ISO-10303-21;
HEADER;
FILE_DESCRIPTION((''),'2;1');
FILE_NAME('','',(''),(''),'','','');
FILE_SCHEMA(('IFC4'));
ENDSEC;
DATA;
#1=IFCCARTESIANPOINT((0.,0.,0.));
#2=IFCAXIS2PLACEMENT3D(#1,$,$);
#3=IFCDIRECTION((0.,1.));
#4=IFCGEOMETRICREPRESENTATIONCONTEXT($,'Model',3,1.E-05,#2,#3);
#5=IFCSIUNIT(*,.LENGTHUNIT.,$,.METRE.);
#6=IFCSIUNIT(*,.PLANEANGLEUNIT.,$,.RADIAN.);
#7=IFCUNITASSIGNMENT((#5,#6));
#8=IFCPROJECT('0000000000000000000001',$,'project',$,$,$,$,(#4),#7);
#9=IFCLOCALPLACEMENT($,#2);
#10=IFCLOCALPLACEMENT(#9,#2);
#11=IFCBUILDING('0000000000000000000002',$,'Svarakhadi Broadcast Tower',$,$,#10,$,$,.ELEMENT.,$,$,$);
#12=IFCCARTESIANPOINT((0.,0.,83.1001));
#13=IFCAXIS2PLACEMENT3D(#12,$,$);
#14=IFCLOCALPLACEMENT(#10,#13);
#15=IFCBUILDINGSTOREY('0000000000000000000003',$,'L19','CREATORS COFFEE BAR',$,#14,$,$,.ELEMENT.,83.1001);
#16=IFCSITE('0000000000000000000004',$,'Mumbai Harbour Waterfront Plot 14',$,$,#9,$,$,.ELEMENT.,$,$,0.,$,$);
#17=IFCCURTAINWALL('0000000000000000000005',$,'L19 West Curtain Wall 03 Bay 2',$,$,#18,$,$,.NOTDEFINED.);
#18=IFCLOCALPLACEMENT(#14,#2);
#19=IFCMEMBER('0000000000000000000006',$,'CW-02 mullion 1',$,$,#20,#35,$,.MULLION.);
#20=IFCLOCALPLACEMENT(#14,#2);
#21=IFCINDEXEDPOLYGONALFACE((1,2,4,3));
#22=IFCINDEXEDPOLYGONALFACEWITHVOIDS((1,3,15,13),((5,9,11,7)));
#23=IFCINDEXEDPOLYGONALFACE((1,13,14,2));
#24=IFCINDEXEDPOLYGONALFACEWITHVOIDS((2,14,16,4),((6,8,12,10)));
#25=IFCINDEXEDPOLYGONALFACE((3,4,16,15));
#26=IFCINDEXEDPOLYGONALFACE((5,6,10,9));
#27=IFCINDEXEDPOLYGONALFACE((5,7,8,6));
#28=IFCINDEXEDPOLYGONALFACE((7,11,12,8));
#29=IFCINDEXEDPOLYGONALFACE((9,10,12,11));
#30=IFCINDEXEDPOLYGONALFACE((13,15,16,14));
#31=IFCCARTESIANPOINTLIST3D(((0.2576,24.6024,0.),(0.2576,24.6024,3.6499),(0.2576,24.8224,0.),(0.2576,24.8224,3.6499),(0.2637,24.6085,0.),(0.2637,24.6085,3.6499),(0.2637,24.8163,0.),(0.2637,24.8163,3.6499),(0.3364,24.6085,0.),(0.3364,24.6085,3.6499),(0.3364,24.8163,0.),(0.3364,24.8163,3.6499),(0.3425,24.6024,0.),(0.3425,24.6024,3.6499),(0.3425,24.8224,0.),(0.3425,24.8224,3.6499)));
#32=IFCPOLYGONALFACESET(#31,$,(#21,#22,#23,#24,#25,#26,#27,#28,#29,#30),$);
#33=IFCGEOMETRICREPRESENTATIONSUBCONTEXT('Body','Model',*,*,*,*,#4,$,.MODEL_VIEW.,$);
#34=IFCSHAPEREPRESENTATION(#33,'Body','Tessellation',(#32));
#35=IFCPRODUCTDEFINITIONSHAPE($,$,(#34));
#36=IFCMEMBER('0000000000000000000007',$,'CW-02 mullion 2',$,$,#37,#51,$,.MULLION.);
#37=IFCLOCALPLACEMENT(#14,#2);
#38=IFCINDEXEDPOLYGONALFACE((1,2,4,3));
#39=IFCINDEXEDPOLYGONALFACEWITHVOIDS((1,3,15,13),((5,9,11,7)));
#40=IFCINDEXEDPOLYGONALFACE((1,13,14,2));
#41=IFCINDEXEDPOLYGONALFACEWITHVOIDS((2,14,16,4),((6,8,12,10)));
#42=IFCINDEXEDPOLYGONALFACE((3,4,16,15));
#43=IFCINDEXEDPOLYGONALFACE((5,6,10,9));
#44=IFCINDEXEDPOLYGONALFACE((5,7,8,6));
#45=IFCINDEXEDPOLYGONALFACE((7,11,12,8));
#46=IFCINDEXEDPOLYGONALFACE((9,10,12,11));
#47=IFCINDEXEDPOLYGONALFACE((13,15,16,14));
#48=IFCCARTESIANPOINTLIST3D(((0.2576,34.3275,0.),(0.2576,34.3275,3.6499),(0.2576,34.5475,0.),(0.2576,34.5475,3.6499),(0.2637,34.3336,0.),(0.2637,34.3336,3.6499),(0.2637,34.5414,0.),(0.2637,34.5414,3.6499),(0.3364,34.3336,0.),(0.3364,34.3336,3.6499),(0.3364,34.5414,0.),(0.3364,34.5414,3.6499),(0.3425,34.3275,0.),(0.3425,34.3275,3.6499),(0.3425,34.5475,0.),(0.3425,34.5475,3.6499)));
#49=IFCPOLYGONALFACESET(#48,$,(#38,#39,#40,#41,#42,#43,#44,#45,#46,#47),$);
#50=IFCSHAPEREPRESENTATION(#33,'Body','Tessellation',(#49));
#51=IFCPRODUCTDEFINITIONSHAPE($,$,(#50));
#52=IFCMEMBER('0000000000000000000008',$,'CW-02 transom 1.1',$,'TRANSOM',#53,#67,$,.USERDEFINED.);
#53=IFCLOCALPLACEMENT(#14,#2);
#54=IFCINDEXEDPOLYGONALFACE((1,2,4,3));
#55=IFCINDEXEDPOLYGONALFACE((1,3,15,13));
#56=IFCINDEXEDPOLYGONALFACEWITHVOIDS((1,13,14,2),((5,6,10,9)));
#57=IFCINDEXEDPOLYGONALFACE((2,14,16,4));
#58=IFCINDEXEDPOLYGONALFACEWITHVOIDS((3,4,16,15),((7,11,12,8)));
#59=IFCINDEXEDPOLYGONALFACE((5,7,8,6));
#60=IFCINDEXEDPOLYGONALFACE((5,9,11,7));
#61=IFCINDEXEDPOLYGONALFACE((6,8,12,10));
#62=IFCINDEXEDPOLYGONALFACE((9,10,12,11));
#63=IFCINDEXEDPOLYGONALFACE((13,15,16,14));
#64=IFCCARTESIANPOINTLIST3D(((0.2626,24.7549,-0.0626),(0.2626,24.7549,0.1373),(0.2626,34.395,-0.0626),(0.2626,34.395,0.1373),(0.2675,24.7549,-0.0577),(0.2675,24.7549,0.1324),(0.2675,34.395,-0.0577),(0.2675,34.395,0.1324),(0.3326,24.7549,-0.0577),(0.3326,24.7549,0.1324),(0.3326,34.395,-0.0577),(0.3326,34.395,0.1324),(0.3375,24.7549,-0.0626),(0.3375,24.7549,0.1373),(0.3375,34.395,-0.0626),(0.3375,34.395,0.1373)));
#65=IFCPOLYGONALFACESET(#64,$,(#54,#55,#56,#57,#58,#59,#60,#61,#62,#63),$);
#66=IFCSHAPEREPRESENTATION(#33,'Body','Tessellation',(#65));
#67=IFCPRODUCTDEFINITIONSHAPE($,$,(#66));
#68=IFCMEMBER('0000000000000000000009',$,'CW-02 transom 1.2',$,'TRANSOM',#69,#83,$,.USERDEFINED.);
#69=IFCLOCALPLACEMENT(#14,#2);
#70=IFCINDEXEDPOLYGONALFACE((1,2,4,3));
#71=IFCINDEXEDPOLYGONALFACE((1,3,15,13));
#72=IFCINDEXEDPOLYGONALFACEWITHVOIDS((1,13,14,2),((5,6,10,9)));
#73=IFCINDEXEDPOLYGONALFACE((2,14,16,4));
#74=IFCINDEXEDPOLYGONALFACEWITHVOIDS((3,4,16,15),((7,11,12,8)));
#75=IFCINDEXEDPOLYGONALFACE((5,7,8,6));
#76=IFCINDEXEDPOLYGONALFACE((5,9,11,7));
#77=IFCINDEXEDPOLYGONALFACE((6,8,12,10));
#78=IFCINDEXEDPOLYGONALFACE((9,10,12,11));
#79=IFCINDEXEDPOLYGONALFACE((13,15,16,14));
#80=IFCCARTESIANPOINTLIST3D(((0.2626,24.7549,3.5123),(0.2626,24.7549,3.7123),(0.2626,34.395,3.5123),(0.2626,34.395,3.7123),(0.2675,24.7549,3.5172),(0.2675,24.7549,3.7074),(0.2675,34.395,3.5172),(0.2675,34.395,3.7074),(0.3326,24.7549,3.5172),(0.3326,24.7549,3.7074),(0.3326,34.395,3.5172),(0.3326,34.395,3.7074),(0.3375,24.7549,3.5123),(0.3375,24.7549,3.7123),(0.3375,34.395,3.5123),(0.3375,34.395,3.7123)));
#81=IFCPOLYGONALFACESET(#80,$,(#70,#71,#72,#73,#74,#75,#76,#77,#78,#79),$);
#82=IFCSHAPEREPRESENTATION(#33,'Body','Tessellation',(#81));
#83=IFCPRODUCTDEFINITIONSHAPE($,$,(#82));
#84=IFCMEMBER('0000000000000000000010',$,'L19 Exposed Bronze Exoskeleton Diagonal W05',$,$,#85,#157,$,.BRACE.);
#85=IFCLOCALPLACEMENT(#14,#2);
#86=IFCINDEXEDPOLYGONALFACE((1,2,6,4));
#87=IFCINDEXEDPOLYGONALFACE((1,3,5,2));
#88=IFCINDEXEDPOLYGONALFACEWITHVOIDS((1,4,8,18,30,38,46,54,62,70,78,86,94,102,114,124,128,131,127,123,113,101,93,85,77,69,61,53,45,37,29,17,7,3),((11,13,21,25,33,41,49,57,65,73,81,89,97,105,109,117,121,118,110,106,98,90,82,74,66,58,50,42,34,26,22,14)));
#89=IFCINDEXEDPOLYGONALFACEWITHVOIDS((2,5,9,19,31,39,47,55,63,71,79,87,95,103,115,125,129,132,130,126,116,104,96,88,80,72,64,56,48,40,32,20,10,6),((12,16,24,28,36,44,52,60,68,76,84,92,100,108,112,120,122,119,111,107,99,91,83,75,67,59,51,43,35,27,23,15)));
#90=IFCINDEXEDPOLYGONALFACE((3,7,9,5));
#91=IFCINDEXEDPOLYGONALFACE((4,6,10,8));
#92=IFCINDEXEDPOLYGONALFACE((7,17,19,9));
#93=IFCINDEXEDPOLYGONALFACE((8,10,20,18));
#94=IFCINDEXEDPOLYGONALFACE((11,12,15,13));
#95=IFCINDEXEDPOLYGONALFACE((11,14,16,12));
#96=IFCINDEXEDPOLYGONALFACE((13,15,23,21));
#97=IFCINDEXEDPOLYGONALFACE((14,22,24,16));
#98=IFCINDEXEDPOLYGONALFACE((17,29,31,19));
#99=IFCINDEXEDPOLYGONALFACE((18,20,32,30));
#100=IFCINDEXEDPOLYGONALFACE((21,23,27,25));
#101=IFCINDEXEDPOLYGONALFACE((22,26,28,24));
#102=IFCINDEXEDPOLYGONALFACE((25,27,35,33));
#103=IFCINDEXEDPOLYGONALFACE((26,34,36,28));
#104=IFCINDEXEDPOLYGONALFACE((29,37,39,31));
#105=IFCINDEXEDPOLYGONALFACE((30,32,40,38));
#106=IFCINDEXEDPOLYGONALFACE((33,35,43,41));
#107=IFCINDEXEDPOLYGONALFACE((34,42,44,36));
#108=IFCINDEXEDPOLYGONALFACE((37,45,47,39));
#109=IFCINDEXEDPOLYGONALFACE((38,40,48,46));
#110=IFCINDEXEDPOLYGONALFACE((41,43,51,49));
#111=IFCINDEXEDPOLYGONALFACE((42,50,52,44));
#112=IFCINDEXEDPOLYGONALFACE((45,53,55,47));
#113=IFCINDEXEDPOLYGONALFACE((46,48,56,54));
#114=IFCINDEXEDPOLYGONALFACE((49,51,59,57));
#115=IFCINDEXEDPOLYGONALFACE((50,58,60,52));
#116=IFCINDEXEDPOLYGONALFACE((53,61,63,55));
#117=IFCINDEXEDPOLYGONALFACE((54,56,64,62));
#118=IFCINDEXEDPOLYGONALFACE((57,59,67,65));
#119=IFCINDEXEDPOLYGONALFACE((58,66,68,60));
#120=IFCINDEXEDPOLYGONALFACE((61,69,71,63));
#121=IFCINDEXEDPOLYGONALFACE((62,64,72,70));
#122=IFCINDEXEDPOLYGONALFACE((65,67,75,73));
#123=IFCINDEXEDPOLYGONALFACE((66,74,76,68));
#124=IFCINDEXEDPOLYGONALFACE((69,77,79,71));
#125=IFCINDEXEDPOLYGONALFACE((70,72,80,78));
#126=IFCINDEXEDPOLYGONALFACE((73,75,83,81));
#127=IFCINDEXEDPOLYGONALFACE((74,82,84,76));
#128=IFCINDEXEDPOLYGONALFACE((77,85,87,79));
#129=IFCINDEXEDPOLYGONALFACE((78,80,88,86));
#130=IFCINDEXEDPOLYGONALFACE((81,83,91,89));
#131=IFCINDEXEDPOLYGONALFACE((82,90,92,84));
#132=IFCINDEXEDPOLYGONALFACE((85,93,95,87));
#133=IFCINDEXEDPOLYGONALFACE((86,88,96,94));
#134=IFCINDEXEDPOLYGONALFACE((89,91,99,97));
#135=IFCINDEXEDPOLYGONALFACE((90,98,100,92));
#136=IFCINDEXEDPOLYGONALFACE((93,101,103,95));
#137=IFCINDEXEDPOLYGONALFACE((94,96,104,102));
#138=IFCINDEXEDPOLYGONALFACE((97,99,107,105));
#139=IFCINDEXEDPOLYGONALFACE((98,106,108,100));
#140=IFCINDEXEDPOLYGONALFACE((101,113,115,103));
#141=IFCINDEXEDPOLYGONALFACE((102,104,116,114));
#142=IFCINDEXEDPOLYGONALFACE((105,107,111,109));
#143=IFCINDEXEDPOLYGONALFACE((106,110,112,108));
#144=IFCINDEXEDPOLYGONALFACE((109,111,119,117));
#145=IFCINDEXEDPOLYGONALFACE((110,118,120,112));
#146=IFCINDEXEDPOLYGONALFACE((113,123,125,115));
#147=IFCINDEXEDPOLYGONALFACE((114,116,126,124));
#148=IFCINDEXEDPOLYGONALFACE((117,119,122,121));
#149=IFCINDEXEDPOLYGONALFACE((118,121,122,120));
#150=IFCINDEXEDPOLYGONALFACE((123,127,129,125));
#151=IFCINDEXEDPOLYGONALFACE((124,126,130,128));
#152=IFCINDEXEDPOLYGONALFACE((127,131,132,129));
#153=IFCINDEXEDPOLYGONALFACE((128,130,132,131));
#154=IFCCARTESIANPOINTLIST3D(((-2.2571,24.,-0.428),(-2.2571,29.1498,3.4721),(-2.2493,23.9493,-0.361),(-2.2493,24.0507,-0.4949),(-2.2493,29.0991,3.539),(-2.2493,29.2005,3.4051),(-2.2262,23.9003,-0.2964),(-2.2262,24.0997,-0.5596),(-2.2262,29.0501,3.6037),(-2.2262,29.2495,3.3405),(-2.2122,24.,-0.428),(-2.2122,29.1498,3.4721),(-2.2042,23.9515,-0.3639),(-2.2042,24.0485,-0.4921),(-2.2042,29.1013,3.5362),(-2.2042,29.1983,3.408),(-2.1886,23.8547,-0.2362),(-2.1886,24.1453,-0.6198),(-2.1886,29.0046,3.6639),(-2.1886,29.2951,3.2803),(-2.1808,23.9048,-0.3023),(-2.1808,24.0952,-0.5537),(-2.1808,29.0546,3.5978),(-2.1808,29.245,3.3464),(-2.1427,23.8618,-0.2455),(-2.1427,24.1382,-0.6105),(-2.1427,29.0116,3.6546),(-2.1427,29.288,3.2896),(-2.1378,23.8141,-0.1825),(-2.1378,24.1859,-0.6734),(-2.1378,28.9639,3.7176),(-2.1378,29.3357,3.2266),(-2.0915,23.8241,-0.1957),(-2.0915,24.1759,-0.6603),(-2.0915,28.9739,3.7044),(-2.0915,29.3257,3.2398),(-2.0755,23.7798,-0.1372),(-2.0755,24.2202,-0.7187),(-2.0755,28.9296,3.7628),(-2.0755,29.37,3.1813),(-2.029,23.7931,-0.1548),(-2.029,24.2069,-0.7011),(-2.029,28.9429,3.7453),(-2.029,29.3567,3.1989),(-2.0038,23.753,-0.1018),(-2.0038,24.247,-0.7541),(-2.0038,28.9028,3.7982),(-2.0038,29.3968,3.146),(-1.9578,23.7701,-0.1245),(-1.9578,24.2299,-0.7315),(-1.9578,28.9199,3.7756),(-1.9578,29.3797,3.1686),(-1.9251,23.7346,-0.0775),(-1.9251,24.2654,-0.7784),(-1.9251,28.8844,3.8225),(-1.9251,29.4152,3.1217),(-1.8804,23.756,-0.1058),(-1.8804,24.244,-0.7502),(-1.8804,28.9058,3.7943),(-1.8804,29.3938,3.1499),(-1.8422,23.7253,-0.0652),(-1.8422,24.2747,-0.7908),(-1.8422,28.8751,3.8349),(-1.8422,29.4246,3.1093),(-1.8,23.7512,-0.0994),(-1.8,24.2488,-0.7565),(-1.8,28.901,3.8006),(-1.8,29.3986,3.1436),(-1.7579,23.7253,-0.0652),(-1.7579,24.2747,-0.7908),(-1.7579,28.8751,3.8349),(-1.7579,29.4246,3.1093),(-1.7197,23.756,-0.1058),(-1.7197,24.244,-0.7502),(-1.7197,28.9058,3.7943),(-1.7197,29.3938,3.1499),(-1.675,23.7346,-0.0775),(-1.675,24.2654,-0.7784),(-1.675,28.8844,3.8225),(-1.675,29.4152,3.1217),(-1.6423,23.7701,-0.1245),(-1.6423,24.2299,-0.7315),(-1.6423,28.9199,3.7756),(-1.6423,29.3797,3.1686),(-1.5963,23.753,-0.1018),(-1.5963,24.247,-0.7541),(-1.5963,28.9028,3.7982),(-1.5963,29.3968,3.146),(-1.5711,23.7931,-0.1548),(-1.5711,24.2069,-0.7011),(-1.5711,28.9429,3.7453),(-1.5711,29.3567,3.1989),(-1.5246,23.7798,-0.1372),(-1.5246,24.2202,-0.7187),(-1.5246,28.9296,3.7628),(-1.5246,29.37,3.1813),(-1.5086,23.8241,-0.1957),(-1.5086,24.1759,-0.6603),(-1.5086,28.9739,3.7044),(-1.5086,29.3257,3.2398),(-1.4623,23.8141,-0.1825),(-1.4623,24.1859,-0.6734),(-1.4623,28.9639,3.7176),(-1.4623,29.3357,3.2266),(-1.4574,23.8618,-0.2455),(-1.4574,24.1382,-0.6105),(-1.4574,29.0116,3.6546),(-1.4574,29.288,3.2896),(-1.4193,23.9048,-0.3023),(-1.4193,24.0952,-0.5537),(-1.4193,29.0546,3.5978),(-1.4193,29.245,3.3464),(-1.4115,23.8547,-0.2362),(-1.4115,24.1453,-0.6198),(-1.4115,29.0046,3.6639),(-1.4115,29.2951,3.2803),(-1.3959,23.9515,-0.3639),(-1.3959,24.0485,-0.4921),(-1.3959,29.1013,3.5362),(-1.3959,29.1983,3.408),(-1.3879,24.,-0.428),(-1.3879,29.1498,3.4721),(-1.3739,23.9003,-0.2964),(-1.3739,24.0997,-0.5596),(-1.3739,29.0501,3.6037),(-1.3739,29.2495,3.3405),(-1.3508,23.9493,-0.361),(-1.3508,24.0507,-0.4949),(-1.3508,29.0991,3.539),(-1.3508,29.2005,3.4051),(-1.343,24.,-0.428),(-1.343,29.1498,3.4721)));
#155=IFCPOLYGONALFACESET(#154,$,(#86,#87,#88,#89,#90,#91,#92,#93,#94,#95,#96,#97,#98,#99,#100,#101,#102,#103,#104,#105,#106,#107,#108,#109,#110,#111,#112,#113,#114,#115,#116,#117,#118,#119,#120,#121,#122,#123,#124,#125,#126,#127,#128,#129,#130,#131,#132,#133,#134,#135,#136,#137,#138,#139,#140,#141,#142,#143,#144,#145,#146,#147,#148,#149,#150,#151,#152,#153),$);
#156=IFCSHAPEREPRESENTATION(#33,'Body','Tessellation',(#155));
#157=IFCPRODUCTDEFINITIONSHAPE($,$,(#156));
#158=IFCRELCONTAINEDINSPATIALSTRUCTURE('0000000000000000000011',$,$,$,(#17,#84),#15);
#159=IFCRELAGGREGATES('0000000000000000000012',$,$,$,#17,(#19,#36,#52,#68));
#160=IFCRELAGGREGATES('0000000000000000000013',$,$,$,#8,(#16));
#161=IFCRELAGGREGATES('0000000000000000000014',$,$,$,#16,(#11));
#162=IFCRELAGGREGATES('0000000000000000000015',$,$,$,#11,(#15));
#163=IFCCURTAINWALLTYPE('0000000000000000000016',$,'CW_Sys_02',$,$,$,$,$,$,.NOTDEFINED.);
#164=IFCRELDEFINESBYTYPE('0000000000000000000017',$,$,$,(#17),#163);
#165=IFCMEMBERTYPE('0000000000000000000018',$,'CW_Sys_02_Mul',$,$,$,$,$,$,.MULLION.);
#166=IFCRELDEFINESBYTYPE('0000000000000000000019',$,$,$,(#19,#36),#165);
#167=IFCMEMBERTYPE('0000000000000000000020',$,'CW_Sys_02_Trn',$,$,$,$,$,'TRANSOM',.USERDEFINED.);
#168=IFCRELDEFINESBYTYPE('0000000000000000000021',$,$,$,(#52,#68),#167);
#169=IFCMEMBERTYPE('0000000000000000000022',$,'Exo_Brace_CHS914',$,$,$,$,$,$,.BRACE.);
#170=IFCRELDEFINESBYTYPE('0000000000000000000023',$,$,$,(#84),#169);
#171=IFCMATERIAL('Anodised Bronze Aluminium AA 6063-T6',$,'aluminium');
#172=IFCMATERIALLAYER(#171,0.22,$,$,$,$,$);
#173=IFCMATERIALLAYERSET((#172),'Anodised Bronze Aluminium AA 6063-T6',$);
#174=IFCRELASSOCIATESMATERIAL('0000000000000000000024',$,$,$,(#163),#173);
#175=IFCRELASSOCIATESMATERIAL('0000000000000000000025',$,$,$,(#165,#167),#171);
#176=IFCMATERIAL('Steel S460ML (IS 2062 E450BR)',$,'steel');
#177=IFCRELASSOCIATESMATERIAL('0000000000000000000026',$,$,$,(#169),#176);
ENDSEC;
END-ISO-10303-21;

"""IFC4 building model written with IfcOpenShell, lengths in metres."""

from ifc_helpers import new_model, si_unit, direction, frame, origin, origin_2d, place, context, subcontext, project, spatial, hollow_rectangle, hollow_circle, extrude, material, layer, layer_set, material_profile, profile_set, type_object, element, aggregate, save


model = new_model("IFC4")

# Units and contexts
model_context = context("Model", 3, precision=1e-05, world=origin(), true_north=direction((0.0, 1.0)))
body_context = subcontext(model_context, "Body", "Model", "MODEL_VIEW")
ifc_project = project(units=[si_unit("LENGTHUNIT", "METRE"), si_unit("PLANEANGLEUNIT", "RADIAN")], contexts=[model_context])

# Site, building, storey
site_placement = place(None, origin())
site = spatial("IfcSite", under=ifc_project, at=site_placement, Name="Mumbai Harbour Waterfront Plot 14", CompositionType="ELEMENT", RefElevation=0.0)
building_placement = place(site_placement, origin())
building = spatial("IfcBuilding", under=site, at=building_placement, Name="Svarakhadi Broadcast Tower", CompositionType="ELEMENT")
storey_placement = place(building_placement, frame((0.0, 0.0, 83.1001)))
storey = spatial("IfcBuildingStorey", under=building, at=storey_placement, Name="L19", Description="CREATORS COFFEE BAR", CompositionType="ELEMENT", Elevation=83.1001)

# Shared definitions
ifc_material_1 = material(Name="Steel S460ML (IS 2062 E450BR)", Category="steel")

# Curtain wall, members
ifc_material_2 = material(Name="Anodised Bronze Aluminium AA 6063-T6", Category="aluminium")
ifc_layer_1 = layer(ifc_material_2, 0.22)
ifc_layer_set_1 = layer_set([ifc_layer_1], Name="Anodised Bronze Aluminium AA 6063-T6")
curtain_wall_type = type_object("IfcCurtainWallType", Name="CW_Sys_02", PredefinedType="NOTDEFINED", material=ifc_layer_set_1)
curtain_wall_placement = place(storey_placement, origin())
curtain_wall = element("IfcCurtainWall", 1, at=curtain_wall_placement, inside=storey, type_object=curtain_wall_type, Name="L19 West Curtain Wall 03 Bay 2", PredefinedType="NOTDEFINED")
ifc_material_profile_1 = material_profile(ifc_material_2, hollow_rectangle(XDim=0.085, YDim=0.22, WallThickness=0.0061, at=origin_2d()), Name="ALU MULLION 220x85x6")
ifc_profile_set_1 = profile_set([ifc_material_profile_1], Name="Anodised Bronze Aluminium AA 6063-T6")
member_type_1 = type_object("IfcMemberType", Name="CW_Sys_02_Mul", PredefinedType="MULLION", material=ifc_profile_set_1)
member_1_placement = place(storey_placement, frame((0.3, 24.7124, 0.0), z_axis=(0.0, 0.0, 1.0), x_axis=(-1.0, 0.0, 0.0)))
member_1 = element("IfcMember", 2, at=member_1_placement, type_object=member_type_1, Name="CW-02 mullion 1", PredefinedType="MULLION", context=body_context, shape_type="SweptSolid", body=[
    extrude(hollow_rectangle(XDim=0.085, YDim=0.22, WallThickness=0.0061, at=origin_2d()), origin(), (0.0, 0.0, 1.0), 3.6499),
])
member_2_placement = place(storey_placement, frame((0.3, 34.4375, 0.0), z_axis=(0.0, 0.0, 1.0), x_axis=(-1.0, 0.0, 0.0)))
member_2 = element("IfcMember", 3, at=member_2_placement, type_object=member_type_1, Name="CW-02 mullion 2", PredefinedType="MULLION", context=body_context, shape_type="SweptSolid", body=[
    extrude(hollow_rectangle(XDim=0.085, YDim=0.22, WallThickness=0.0061, at=origin_2d()), origin(), (0.0, 0.0, 1.0), 3.6499),
])
ifc_material_profile_2 = material_profile(ifc_material_2, hollow_rectangle(XDim=0.075, YDim=0.2, WallThickness=0.0049, at=origin_2d()), Name="ALU TRANSOM 200x75x5")
ifc_profile_set_2 = profile_set([ifc_material_profile_2], Name="Anodised Bronze Aluminium AA 6063-T6")
member_type_2 = type_object("IfcMemberType", Name="CW_Sys_02_Trn", ElementType="TRANSOM", PredefinedType="USERDEFINED", material=ifc_profile_set_2)
member_3_placement = place(storey_placement, frame((0.3, 24.7549, 0.0374), z_axis=(0.0, 1.0, 0.0), x_axis=(-1.0, 0.0, 0.0)))
member_3 = element("IfcMember", 4, at=member_3_placement, type_object=member_type_2, Name="CW-02 transom 1.1", ObjectType="TRANSOM", PredefinedType="USERDEFINED", context=body_context, shape_type="SweptSolid", body=[
    extrude(hollow_rectangle(XDim=0.075, YDim=0.2, WallThickness=0.0049, at=origin_2d()), origin(), (0.0, 0.0, 1.0), 9.6401),
])
member_4_placement = place(storey_placement, frame((0.3, 24.7549, 3.6123), z_axis=(0.0, 1.0, 0.0), x_axis=(-1.0, 0.0, 0.0)))
member_4 = element("IfcMember", 5, at=member_4_placement, type_object=member_type_2, Name="CW-02 transom 1.2", ObjectType="TRANSOM", PredefinedType="USERDEFINED", context=body_context, shape_type="SweptSolid", body=[
    extrude(hollow_rectangle(XDim=0.075, YDim=0.2, WallThickness=0.0049, at=origin_2d()), origin(), (0.0, 0.0, 1.0), 9.6401),
])

# Member
ifc_material_profile_3 = material_profile(ifc_material_1, hollow_circle(Radius=0.457, WallThickness=0.0449, at=origin_2d()), Name="CHS 914x45")
ifc_profile_set_3 = profile_set([ifc_material_profile_3], Name="Steel S460ML (IS 2062 E450BR)")
member_type_3 = type_object("IfcMemberType", Name="Exo_Brace_CHS914", PredefinedType="BRACE", material=ifc_profile_set_3)
member_5_placement = place(storey_placement, frame((-1.8, 24.0, -0.428), z_axis=(0.0, 0.797189, 0.60373), x_axis=(-1.0, 0.0, 0.0)))
element("IfcMember", 6, at=member_5_placement, inside=storey, type_object=member_type_3, Name="L19 Exposed Bronze Exoskeleton Diagonal W05", PredefinedType="BRACE", context=body_context, shape_type="SweptSolid", body=[
    extrude(hollow_circle(Radius=0.457, WallThickness=0.0449, at=origin_2d()), origin(), (0.0, 0.0, 1.0), 6.46),
])

aggregate(curtain_wall, [member_1, member_2, member_3, member_4])

save(model, "model.ifc")
